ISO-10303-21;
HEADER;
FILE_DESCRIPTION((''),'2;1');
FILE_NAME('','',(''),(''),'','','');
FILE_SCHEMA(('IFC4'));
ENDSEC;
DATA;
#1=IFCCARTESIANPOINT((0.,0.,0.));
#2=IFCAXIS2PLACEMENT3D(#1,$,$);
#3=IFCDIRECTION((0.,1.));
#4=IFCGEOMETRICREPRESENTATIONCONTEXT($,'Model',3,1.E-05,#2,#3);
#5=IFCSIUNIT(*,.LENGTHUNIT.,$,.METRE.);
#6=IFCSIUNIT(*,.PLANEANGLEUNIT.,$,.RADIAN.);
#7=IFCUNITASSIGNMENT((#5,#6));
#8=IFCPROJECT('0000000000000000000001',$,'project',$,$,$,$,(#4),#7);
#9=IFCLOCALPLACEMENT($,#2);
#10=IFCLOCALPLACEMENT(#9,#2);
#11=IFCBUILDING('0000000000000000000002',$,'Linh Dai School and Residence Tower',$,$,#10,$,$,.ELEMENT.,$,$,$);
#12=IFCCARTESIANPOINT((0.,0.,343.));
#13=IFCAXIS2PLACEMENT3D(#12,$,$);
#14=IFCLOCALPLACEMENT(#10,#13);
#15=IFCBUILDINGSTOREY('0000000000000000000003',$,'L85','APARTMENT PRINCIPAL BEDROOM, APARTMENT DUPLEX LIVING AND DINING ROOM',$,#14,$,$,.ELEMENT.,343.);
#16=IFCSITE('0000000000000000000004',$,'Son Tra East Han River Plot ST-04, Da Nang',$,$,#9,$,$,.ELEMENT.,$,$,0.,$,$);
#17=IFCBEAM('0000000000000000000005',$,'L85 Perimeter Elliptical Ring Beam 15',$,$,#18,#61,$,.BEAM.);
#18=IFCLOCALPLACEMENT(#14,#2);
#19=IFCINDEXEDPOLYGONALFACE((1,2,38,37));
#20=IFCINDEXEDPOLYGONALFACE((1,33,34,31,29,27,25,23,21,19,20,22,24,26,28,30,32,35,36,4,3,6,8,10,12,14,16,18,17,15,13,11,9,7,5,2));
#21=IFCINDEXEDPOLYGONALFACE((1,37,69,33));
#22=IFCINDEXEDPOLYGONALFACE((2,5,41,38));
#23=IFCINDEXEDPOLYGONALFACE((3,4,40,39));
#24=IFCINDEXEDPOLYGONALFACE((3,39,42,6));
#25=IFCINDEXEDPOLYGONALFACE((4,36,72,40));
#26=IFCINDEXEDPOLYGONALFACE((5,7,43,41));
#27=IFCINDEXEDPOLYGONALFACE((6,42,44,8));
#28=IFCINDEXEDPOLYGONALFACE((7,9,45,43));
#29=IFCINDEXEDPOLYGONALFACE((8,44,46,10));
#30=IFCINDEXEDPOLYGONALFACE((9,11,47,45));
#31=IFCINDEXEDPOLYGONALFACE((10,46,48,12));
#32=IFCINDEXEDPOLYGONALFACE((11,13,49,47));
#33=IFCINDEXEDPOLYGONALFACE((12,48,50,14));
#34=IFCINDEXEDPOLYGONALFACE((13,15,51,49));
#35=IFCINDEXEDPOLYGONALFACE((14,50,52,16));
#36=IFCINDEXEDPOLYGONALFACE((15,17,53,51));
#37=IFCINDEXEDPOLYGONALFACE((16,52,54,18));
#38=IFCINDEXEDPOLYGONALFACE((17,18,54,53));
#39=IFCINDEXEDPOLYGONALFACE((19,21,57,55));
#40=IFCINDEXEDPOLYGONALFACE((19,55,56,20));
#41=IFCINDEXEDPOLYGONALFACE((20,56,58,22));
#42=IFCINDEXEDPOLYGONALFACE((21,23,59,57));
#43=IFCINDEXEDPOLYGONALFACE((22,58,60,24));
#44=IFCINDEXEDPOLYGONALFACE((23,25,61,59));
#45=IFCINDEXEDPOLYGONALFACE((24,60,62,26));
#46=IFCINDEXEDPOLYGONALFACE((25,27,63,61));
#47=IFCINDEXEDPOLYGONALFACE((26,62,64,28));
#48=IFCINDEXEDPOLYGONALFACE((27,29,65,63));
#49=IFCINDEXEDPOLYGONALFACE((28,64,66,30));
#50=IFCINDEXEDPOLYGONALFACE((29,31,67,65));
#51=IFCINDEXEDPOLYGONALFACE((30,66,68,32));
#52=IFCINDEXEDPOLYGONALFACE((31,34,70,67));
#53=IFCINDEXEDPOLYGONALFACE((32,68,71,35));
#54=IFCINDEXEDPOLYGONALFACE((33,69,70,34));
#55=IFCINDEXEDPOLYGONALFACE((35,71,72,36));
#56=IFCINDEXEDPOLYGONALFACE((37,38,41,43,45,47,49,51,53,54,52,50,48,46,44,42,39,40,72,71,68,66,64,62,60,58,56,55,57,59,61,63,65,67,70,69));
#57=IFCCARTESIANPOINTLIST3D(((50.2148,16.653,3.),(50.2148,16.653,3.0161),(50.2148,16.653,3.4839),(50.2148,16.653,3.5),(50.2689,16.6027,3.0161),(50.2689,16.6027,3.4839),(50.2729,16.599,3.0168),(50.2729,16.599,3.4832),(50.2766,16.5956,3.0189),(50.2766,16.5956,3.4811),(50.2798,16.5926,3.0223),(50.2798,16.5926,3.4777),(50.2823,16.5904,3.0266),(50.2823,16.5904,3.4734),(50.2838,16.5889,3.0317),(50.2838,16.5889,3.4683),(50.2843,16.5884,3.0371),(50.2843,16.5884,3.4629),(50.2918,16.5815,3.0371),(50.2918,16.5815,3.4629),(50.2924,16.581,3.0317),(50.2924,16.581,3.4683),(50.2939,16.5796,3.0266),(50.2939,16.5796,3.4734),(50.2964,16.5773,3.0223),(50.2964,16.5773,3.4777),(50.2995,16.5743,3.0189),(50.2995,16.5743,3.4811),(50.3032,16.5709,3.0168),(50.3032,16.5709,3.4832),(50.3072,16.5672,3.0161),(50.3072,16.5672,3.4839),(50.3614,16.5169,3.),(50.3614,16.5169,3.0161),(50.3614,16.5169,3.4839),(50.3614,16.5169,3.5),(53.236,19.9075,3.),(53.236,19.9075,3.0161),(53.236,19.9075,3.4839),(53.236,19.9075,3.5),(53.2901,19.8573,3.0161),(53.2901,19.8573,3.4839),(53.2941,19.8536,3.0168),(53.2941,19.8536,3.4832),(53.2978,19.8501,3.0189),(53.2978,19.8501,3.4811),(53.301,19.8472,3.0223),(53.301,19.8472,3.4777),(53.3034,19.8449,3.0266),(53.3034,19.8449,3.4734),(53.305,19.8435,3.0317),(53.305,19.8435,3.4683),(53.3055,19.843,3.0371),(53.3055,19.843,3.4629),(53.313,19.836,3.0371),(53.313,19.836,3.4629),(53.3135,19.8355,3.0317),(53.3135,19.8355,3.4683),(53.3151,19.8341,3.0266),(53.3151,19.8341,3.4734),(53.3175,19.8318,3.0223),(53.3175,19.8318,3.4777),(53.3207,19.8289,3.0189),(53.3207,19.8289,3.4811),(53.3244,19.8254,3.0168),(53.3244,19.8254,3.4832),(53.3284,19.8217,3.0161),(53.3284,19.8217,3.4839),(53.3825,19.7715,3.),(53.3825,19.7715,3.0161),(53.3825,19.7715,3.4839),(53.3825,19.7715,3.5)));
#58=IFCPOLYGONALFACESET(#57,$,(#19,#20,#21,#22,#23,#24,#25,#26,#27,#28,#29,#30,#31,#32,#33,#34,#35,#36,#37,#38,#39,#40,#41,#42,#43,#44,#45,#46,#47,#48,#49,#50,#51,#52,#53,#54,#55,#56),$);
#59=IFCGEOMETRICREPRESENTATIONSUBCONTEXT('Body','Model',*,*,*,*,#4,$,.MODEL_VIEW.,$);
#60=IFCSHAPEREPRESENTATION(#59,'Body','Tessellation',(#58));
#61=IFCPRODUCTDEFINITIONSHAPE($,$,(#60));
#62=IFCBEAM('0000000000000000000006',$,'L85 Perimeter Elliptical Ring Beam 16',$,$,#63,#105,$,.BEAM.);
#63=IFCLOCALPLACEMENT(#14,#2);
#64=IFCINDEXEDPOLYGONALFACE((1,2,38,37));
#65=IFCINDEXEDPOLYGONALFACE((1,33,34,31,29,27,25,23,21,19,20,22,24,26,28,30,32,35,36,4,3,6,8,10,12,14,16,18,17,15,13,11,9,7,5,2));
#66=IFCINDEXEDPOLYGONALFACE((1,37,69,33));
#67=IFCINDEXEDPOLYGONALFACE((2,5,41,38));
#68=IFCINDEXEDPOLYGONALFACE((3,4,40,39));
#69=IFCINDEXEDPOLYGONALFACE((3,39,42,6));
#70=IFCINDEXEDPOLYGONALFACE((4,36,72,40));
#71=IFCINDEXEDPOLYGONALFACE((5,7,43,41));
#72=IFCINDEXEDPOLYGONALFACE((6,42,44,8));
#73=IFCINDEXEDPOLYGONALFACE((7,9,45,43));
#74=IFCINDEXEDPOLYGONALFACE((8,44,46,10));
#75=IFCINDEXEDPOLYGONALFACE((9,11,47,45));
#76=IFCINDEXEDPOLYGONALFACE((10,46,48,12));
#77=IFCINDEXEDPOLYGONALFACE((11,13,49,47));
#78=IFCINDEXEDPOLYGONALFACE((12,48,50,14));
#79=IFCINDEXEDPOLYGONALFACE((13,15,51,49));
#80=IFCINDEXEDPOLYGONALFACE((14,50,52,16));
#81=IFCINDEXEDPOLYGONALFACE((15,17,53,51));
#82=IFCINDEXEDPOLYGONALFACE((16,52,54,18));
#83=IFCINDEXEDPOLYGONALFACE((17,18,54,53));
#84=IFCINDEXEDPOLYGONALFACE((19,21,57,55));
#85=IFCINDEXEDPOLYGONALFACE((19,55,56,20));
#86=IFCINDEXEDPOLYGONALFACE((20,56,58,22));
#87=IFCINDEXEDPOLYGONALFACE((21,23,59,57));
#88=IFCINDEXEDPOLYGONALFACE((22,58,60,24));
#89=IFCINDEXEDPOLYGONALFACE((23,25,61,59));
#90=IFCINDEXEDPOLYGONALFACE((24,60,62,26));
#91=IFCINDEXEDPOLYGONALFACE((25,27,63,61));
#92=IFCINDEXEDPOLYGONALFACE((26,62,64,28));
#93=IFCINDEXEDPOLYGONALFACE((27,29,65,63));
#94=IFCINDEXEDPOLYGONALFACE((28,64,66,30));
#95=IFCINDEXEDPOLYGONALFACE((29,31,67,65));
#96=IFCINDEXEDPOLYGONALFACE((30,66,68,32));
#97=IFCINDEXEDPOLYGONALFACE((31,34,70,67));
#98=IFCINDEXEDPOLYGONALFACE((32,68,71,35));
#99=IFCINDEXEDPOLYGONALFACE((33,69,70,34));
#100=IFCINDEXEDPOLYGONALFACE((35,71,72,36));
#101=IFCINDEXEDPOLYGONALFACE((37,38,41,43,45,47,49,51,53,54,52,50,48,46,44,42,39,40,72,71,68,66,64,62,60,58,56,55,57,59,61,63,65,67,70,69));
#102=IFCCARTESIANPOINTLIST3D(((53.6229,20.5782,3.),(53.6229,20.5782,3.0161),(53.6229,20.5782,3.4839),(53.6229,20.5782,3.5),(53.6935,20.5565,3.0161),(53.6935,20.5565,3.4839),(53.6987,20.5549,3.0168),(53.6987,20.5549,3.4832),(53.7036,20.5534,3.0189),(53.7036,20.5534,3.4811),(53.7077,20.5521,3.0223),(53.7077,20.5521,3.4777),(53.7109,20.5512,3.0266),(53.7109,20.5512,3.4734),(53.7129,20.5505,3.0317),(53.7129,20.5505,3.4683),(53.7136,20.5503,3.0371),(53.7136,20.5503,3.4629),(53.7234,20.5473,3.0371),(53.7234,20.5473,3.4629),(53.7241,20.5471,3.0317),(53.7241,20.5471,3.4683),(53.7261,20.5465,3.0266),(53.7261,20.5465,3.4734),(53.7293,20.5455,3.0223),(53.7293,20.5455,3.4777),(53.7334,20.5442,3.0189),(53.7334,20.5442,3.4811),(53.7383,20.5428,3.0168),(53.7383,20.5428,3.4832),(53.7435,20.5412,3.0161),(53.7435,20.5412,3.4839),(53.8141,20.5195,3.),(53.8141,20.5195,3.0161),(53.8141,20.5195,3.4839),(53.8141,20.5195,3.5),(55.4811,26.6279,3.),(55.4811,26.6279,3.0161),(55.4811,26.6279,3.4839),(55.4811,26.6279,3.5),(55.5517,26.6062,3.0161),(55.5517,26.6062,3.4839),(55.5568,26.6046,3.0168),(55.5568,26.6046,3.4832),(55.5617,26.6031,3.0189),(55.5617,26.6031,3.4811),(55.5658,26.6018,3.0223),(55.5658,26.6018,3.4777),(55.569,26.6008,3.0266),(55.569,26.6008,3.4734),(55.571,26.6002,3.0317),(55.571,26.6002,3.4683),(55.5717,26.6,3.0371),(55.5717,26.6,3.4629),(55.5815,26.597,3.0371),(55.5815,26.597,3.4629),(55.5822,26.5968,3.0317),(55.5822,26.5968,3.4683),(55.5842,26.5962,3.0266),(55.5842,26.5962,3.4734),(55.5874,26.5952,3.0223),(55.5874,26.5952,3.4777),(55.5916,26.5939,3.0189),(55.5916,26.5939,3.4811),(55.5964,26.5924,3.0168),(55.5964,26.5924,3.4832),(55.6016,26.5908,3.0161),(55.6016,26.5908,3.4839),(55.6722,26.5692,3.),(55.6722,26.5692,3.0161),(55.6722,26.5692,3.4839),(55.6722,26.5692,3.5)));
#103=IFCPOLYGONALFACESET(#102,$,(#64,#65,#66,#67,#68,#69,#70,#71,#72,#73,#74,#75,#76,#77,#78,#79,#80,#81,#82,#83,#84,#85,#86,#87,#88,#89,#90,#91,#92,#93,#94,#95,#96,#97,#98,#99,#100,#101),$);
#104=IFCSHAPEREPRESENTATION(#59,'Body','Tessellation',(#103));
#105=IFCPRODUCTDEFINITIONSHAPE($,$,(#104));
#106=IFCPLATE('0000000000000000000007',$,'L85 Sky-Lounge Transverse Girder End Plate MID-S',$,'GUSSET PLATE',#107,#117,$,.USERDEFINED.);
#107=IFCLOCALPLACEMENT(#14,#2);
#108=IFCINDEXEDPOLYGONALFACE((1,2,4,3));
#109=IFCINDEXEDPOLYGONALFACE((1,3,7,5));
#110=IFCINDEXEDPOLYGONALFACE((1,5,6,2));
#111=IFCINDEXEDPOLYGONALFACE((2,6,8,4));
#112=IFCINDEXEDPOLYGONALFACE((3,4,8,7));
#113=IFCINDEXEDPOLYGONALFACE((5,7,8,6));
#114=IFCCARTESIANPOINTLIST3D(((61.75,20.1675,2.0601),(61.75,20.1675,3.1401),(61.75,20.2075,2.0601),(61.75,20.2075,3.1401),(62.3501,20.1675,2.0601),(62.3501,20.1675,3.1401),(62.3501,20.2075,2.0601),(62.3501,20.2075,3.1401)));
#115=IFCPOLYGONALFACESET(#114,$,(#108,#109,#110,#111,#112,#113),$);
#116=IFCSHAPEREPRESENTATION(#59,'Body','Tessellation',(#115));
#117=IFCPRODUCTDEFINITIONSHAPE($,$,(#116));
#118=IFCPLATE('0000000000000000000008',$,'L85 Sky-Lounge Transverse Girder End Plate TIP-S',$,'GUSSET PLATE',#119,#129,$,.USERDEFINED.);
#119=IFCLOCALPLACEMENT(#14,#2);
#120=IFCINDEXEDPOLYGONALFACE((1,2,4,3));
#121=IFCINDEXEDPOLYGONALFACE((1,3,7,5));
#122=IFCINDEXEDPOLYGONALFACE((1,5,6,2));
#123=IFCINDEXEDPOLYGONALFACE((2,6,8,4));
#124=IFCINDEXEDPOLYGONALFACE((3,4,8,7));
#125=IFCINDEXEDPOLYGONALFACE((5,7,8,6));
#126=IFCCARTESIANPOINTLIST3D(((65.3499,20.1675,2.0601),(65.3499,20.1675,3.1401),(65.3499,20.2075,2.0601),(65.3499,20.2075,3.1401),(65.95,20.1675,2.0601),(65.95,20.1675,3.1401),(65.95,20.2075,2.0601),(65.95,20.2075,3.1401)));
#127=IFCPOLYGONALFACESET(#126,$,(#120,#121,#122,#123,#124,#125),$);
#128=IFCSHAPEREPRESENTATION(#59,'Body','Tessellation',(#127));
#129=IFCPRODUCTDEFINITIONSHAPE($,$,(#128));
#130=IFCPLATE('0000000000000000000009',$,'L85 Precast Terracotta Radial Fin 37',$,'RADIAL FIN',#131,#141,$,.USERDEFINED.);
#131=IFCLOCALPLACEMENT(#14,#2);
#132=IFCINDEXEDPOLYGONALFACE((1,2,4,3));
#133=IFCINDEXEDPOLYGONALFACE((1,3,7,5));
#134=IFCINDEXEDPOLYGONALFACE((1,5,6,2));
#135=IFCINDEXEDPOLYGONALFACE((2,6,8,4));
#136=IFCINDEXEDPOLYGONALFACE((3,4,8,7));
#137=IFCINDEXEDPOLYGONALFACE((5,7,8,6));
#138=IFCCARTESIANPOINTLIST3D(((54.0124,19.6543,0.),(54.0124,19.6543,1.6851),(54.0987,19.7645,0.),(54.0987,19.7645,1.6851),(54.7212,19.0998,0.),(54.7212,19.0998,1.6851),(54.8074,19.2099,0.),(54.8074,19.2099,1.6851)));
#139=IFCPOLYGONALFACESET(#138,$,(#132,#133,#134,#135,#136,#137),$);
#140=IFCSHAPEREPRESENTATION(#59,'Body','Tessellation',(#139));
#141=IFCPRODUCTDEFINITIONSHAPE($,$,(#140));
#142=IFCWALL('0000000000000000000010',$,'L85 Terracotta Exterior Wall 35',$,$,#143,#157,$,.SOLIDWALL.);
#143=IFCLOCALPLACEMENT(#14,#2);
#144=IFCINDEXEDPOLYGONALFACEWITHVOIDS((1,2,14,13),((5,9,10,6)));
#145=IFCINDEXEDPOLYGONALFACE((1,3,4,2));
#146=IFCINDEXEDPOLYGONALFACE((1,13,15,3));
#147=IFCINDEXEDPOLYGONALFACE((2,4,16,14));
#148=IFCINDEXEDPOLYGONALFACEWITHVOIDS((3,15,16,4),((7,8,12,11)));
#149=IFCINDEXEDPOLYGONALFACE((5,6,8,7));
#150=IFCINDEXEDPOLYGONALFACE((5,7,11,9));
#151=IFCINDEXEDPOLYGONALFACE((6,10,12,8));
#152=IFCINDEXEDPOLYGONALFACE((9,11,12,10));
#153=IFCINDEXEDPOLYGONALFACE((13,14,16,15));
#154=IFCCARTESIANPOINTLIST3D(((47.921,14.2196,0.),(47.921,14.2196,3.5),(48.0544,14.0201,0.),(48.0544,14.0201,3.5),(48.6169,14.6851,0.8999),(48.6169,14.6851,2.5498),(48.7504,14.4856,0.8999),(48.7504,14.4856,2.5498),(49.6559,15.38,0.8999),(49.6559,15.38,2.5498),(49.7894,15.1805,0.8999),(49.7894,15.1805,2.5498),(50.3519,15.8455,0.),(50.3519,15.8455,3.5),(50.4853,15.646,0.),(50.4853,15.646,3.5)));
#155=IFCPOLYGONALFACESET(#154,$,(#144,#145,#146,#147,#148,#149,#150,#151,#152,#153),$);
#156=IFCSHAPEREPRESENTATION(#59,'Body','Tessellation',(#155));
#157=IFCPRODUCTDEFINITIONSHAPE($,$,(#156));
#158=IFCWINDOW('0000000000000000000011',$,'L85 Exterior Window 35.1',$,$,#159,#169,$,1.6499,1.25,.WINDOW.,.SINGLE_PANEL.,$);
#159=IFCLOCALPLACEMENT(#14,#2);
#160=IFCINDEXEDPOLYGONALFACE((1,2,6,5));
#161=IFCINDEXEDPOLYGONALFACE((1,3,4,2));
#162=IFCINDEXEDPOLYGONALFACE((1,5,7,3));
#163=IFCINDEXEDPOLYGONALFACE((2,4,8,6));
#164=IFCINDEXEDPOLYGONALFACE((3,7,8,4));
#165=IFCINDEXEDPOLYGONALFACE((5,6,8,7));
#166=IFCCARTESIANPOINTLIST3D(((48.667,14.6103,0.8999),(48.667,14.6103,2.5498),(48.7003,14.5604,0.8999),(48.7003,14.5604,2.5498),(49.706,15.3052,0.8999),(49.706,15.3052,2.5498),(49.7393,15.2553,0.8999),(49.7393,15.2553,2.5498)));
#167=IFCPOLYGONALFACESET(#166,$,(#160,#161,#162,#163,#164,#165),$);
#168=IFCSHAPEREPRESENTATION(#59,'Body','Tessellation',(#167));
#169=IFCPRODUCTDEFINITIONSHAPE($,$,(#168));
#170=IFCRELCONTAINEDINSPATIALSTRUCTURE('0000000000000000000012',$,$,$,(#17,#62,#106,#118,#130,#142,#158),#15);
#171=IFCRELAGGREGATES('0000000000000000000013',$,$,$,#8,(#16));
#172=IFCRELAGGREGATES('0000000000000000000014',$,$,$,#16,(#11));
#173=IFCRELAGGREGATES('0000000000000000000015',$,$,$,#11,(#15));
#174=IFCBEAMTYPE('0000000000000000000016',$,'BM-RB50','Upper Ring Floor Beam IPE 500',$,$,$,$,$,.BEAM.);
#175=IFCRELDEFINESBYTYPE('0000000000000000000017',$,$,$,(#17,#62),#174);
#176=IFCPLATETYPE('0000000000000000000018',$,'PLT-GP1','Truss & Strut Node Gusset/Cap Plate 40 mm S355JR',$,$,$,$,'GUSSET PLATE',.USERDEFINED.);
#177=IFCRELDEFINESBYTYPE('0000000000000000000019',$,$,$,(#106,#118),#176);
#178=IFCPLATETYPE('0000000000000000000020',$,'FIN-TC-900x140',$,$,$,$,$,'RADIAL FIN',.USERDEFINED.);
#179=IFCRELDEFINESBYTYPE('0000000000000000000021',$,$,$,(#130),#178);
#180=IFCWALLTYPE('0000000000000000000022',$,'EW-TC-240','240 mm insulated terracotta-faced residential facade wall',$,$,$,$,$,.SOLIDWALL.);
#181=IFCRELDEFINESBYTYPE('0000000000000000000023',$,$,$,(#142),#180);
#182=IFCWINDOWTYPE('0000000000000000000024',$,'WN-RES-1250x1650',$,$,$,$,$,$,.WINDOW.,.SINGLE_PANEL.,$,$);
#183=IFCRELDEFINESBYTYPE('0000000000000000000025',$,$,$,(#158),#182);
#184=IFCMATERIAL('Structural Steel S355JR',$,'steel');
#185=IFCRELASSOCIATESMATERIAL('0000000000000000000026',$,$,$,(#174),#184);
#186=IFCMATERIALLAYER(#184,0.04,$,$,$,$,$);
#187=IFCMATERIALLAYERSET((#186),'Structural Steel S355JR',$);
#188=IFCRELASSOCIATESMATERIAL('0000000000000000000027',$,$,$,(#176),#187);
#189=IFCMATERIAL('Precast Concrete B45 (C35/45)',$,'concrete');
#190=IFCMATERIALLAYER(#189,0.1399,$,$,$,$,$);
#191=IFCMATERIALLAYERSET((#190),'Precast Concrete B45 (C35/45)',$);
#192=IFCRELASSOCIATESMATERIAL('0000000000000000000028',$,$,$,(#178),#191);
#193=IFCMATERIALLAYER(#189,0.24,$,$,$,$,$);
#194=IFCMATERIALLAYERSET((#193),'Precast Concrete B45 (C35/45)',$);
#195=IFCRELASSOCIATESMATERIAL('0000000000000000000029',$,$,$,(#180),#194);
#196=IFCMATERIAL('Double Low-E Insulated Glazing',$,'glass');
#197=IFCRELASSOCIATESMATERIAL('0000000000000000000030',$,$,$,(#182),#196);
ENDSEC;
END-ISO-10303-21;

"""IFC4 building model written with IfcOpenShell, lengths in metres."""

from ifc_helpers import new_model, si_unit, direction, frame, frame_2d, origin, origin_2d, place, context, subcontext, project, spatial, rectangle, i_section, extrude, source, transform, mapped, material, layer, layer_set, material_profile, profile_set, type_object, element, fill, save


model = new_model("IFC4")

# Units and contexts
model_context = context("Model", 3, precision=1e-05, world=origin(), true_north=direction((0.0, 1.0)))
body_context = subcontext(model_context, "Body", "Model", "MODEL_VIEW")
ifc_project = project(units=[si_unit("LENGTHUNIT", "METRE"), si_unit("PLANEANGLEUNIT", "RADIAN")], contexts=[model_context])

# Site, building, storey
site_placement = place(None, origin())
site = spatial("IfcSite", under=ifc_project, at=site_placement, Name="Son Tra East Han River Plot ST-04, Da Nang", CompositionType="ELEMENT", RefElevation=0.0)
building_placement = place(site_placement, origin())
building = spatial("IfcBuilding", under=site, at=building_placement, Name="Linh Dai School and Residence Tower", CompositionType="ELEMENT")
storey_placement = place(building_placement, frame((0.0, 0.0, 343.0)))
storey = spatial("IfcBuildingStorey", under=building, at=storey_placement, Name="L85", Description="APARTMENT PRINCIPAL BEDROOM, APARTMENT DUPLEX LIVING AND DINING ROOM", CompositionType="ELEMENT", Elevation=343.0)

# Shared definitions
ifc_material_1 = material(Name="Structural Steel S355JR", Category="steel")

# Beams
ifc_material_profile_1 = material_profile(ifc_material_1, i_section(OverallWidth=0.2, OverallDepth=0.5, WebThickness=0.0103, FlangeThickness=0.0161, FilletRadius=0.021, at=origin_2d()), Name="IPE 500")
ifc_profile_set_1 = profile_set([ifc_material_profile_1], Name="Structural Steel S355JR")
beam_type_1 = type_object("IfcBeamType", Name="BM-RB50", Description="Upper Ring Floor Beam IPE 500", PredefinedType="BEAM", material=ifc_profile_set_1)
beam_1_placement = place(storey_placement, frame((50.2881, 16.585, 3.25), z_axis=(0.680339, 0.732897, 0.0), x_axis=(-0.732897, 0.680339, 0.0)))
element("IfcBeam", 1, at=beam_1_placement, inside=storey, type_object=beam_type_1, Name="L85 Perimeter Elliptical Ring Beam 15", PredefinedType="BEAM", context=body_context, shape_type="SweptSolid", body=[
    extrude(i_section(OverallWidth=0.2, OverallDepth=0.5, WebThickness=0.0103, FlangeThickness=0.0161, FilletRadius=0.021, at=origin_2d()), origin(), (0.0, 0.0, 1.0), 4.4407),
])
beam_2_placement = place(storey_placement, frame((53.7185, 20.5488, 3.25), z_axis=(0.293606, 0.955927, 0.0), x_axis=(-0.955927, 0.293606, 0.0)))
element("IfcBeam", 2, at=beam_2_placement, inside=storey, type_object=beam_type_1, Name="L85 Perimeter Elliptical Ring Beam 16", PredefinedType="BEAM", context=body_context, shape_type="SweptSolid", body=[
    extrude(i_section(OverallWidth=0.2, OverallDepth=0.5, WebThickness=0.0103, FlangeThickness=0.0161, FilletRadius=0.021, at=origin_2d()), origin(), (0.0, 0.0, 1.0), 6.3286),
])

# Plates
ifc_layer_1 = layer(ifc_material_1, 0.04)
ifc_layer_set_1 = layer_set([ifc_layer_1], Name="Structural Steel S355JR")
plate_type_1 = type_object("IfcPlateType", Name="PLT-GP1", Description="Truss & Strut Node Gusset/Cap Plate 40 mm S355JR", ElementType="GUSSET PLATE", PredefinedType="USERDEFINED", material=ifc_layer_set_1)
shared_shape_1 = source(origin(), body_context, "Body", "SweptSolid", [
    extrude(rectangle(XDim=0.6001, YDim=0.04, at=origin_2d()), origin(), (0.0, 0.0, 1.0), 1.0801),
])
for number, where, z_axis, x_axis, name in (
    (3, (62.05, 20.1875, 2.0601), (0.0, 0.0, 1.0), (1.0, 0.0, 0.0), "L85 Sky-Lounge Transverse Girder End Plate MID-S"),
    (4, (65.6499, 20.1875, 2.0601), (0.0, 0.0, 1.0), (1.0, 0.0, 0.0), "L85 Sky-Lounge Transverse Girder End Plate TIP-S"),
):
    element("IfcPlate", number, at=place(storey_placement, frame(where, z_axis=z_axis, x_axis=x_axis)), inside=storey, type_object=plate_type_1, Name=name, ObjectType="GUSSET PLATE", PredefinedType="USERDEFINED", context=body_context, shape_type="MappedRepresentation", body=[
        mapped(shared_shape_1, transform((0.0, 0.0, 0.0), x_axis=(1.0, 0.0, 0.0), y_axis=(0.0, 1.0, 0.0), z_axis=(0.0, 0.0, 1.0), scale=1.0)),
    ])
ifc_material_2 = material(Name="Precast Concrete B45 (C35/45)", Category="concrete")
ifc_layer_2 = layer(ifc_material_2, 0.1399)
ifc_layer_set_2 = layer_set([ifc_layer_2], Name="Precast Concrete B45 (C35/45)")
plate_type_2 = type_object("IfcPlateType", Name="FIN-TC-900x140", ElementType="RADIAL FIN", PredefinedType="USERDEFINED", material=ifc_layer_set_2)
shared_shape_2 = source(origin(), body_context, "Body", "SweptSolid", [
    extrude(rectangle(XDim=0.8999, YDim=0.1399, at=origin_2d()), origin(), (0.0, 0.0, 1.0), 1.6851),
])
plate_placement = place(storey_placement, frame((54.4099, 19.4321, 0.0), z_axis=(0.0, 0.0, 1.0), x_axis=(0.787553, -0.616247, 0.0)))
element("IfcPlate", 5, at=plate_placement, inside=storey, type_object=plate_type_2, Name="L85 Precast Terracotta Radial Fin 37", ObjectType="RADIAL FIN", PredefinedType="USERDEFINED", context=body_context, shape_type="MappedRepresentation", body=[
    mapped(shared_shape_2, transform((0.0, 0.0, 0.0), x_axis=(1.0, 0.0, 0.0), y_axis=(0.0, 1.0, 0.0), z_axis=(0.0, 0.0, 1.0), scale=1.0)),
])

# Wall, opening, window
ifc_layer_3 = layer(ifc_material_2, 0.24)
ifc_layer_set_3 = layer_set([ifc_layer_3], Name="Precast Concrete B45 (C35/45)")
wall_type_1 = type_object("IfcWallType", Name="EW-TC-240", Description="240 mm insulated terracotta-faced residential facade wall", PredefinedType="SOLIDWALL", material=ifc_layer_set_3)
wall_1_placement = place(storey_placement, frame((50.4187, 15.7458, 0.0), z_axis=(0.0, 0.0, 1.0), x_axis=(-0.831202, -0.555971, 0.0)))
wall_1 = element("IfcWall", 6, at=wall_1_placement, inside=storey, type_object=wall_type_1, Name="L85 Terracotta Exterior Wall 35", PredefinedType="SOLIDWALL", context=body_context, shape_type="SweptSolid", body=[
    extrude(rectangle(XDim=2.9246, YDim=0.24, at=frame_2d((1.4624, 0.0))), origin(), (0.0, 0.0, 1.0), 3.5),
])
opening_1_placement = place(wall_1_placement, frame((0.8374, 0.0, 0.8999)))
opening_1 = element("IfcOpeningElement", 7, at=opening_1_placement, cuts=wall_1, PredefinedType="OPENING", context=body_context, shape_type="SweptSolid", body=[
    extrude(rectangle(XDim=1.25, YDim=1.6499, at=origin_2d()), frame((0.625, 0.1299, 0.825), z_axis=(0.0, -1.0, 0.0), x_axis=(1.0, 0.0, 0.0)), (0.0, 0.0, 1.0), 0.26),
])
ifc_material_3 = material(Name="Double Low-E Insulated Glazing", Category="glass")
window_type = type_object("IfcWindowType", Name="WN-RES-1250x1650", PartitioningType="SINGLE_PANEL", PredefinedType="WINDOW", material=ifc_material_3)
shared_shape_3 = source(origin(), body_context, "Body", "SweptSolid", [
    extrude(rectangle(XDim=1.25, YDim=1.6499, at=origin_2d()), frame((0.625, 0.03, 0.825), z_axis=(0.0, -1.0, 0.0), x_axis=(1.0, 0.0, 0.0)), (0.0, 0.0, 1.0), 0.0601),
])
window_1_placement = place(opening_1_placement, origin())
window_1 = element("IfcWindow", 8, at=window_1_placement, inside=storey, type_object=window_type, Name="L85 Exterior Window 35.1", OverallHeight=1.6499, OverallWidth=1.25, PartitioningType="SINGLE_PANEL", PredefinedType="WINDOW", context=body_context, shape_type="MappedRepresentation", body=[
    mapped(shared_shape_3, transform((0.0, 0.0, 0.0), x_axis=(1.0, 0.0, 0.0), y_axis=(0.0, 1.0, 0.0), z_axis=(0.0, 0.0, 1.0), scale=1.0)),
])
fill(opening_1, window_1)

save(model, "model.ifc")
